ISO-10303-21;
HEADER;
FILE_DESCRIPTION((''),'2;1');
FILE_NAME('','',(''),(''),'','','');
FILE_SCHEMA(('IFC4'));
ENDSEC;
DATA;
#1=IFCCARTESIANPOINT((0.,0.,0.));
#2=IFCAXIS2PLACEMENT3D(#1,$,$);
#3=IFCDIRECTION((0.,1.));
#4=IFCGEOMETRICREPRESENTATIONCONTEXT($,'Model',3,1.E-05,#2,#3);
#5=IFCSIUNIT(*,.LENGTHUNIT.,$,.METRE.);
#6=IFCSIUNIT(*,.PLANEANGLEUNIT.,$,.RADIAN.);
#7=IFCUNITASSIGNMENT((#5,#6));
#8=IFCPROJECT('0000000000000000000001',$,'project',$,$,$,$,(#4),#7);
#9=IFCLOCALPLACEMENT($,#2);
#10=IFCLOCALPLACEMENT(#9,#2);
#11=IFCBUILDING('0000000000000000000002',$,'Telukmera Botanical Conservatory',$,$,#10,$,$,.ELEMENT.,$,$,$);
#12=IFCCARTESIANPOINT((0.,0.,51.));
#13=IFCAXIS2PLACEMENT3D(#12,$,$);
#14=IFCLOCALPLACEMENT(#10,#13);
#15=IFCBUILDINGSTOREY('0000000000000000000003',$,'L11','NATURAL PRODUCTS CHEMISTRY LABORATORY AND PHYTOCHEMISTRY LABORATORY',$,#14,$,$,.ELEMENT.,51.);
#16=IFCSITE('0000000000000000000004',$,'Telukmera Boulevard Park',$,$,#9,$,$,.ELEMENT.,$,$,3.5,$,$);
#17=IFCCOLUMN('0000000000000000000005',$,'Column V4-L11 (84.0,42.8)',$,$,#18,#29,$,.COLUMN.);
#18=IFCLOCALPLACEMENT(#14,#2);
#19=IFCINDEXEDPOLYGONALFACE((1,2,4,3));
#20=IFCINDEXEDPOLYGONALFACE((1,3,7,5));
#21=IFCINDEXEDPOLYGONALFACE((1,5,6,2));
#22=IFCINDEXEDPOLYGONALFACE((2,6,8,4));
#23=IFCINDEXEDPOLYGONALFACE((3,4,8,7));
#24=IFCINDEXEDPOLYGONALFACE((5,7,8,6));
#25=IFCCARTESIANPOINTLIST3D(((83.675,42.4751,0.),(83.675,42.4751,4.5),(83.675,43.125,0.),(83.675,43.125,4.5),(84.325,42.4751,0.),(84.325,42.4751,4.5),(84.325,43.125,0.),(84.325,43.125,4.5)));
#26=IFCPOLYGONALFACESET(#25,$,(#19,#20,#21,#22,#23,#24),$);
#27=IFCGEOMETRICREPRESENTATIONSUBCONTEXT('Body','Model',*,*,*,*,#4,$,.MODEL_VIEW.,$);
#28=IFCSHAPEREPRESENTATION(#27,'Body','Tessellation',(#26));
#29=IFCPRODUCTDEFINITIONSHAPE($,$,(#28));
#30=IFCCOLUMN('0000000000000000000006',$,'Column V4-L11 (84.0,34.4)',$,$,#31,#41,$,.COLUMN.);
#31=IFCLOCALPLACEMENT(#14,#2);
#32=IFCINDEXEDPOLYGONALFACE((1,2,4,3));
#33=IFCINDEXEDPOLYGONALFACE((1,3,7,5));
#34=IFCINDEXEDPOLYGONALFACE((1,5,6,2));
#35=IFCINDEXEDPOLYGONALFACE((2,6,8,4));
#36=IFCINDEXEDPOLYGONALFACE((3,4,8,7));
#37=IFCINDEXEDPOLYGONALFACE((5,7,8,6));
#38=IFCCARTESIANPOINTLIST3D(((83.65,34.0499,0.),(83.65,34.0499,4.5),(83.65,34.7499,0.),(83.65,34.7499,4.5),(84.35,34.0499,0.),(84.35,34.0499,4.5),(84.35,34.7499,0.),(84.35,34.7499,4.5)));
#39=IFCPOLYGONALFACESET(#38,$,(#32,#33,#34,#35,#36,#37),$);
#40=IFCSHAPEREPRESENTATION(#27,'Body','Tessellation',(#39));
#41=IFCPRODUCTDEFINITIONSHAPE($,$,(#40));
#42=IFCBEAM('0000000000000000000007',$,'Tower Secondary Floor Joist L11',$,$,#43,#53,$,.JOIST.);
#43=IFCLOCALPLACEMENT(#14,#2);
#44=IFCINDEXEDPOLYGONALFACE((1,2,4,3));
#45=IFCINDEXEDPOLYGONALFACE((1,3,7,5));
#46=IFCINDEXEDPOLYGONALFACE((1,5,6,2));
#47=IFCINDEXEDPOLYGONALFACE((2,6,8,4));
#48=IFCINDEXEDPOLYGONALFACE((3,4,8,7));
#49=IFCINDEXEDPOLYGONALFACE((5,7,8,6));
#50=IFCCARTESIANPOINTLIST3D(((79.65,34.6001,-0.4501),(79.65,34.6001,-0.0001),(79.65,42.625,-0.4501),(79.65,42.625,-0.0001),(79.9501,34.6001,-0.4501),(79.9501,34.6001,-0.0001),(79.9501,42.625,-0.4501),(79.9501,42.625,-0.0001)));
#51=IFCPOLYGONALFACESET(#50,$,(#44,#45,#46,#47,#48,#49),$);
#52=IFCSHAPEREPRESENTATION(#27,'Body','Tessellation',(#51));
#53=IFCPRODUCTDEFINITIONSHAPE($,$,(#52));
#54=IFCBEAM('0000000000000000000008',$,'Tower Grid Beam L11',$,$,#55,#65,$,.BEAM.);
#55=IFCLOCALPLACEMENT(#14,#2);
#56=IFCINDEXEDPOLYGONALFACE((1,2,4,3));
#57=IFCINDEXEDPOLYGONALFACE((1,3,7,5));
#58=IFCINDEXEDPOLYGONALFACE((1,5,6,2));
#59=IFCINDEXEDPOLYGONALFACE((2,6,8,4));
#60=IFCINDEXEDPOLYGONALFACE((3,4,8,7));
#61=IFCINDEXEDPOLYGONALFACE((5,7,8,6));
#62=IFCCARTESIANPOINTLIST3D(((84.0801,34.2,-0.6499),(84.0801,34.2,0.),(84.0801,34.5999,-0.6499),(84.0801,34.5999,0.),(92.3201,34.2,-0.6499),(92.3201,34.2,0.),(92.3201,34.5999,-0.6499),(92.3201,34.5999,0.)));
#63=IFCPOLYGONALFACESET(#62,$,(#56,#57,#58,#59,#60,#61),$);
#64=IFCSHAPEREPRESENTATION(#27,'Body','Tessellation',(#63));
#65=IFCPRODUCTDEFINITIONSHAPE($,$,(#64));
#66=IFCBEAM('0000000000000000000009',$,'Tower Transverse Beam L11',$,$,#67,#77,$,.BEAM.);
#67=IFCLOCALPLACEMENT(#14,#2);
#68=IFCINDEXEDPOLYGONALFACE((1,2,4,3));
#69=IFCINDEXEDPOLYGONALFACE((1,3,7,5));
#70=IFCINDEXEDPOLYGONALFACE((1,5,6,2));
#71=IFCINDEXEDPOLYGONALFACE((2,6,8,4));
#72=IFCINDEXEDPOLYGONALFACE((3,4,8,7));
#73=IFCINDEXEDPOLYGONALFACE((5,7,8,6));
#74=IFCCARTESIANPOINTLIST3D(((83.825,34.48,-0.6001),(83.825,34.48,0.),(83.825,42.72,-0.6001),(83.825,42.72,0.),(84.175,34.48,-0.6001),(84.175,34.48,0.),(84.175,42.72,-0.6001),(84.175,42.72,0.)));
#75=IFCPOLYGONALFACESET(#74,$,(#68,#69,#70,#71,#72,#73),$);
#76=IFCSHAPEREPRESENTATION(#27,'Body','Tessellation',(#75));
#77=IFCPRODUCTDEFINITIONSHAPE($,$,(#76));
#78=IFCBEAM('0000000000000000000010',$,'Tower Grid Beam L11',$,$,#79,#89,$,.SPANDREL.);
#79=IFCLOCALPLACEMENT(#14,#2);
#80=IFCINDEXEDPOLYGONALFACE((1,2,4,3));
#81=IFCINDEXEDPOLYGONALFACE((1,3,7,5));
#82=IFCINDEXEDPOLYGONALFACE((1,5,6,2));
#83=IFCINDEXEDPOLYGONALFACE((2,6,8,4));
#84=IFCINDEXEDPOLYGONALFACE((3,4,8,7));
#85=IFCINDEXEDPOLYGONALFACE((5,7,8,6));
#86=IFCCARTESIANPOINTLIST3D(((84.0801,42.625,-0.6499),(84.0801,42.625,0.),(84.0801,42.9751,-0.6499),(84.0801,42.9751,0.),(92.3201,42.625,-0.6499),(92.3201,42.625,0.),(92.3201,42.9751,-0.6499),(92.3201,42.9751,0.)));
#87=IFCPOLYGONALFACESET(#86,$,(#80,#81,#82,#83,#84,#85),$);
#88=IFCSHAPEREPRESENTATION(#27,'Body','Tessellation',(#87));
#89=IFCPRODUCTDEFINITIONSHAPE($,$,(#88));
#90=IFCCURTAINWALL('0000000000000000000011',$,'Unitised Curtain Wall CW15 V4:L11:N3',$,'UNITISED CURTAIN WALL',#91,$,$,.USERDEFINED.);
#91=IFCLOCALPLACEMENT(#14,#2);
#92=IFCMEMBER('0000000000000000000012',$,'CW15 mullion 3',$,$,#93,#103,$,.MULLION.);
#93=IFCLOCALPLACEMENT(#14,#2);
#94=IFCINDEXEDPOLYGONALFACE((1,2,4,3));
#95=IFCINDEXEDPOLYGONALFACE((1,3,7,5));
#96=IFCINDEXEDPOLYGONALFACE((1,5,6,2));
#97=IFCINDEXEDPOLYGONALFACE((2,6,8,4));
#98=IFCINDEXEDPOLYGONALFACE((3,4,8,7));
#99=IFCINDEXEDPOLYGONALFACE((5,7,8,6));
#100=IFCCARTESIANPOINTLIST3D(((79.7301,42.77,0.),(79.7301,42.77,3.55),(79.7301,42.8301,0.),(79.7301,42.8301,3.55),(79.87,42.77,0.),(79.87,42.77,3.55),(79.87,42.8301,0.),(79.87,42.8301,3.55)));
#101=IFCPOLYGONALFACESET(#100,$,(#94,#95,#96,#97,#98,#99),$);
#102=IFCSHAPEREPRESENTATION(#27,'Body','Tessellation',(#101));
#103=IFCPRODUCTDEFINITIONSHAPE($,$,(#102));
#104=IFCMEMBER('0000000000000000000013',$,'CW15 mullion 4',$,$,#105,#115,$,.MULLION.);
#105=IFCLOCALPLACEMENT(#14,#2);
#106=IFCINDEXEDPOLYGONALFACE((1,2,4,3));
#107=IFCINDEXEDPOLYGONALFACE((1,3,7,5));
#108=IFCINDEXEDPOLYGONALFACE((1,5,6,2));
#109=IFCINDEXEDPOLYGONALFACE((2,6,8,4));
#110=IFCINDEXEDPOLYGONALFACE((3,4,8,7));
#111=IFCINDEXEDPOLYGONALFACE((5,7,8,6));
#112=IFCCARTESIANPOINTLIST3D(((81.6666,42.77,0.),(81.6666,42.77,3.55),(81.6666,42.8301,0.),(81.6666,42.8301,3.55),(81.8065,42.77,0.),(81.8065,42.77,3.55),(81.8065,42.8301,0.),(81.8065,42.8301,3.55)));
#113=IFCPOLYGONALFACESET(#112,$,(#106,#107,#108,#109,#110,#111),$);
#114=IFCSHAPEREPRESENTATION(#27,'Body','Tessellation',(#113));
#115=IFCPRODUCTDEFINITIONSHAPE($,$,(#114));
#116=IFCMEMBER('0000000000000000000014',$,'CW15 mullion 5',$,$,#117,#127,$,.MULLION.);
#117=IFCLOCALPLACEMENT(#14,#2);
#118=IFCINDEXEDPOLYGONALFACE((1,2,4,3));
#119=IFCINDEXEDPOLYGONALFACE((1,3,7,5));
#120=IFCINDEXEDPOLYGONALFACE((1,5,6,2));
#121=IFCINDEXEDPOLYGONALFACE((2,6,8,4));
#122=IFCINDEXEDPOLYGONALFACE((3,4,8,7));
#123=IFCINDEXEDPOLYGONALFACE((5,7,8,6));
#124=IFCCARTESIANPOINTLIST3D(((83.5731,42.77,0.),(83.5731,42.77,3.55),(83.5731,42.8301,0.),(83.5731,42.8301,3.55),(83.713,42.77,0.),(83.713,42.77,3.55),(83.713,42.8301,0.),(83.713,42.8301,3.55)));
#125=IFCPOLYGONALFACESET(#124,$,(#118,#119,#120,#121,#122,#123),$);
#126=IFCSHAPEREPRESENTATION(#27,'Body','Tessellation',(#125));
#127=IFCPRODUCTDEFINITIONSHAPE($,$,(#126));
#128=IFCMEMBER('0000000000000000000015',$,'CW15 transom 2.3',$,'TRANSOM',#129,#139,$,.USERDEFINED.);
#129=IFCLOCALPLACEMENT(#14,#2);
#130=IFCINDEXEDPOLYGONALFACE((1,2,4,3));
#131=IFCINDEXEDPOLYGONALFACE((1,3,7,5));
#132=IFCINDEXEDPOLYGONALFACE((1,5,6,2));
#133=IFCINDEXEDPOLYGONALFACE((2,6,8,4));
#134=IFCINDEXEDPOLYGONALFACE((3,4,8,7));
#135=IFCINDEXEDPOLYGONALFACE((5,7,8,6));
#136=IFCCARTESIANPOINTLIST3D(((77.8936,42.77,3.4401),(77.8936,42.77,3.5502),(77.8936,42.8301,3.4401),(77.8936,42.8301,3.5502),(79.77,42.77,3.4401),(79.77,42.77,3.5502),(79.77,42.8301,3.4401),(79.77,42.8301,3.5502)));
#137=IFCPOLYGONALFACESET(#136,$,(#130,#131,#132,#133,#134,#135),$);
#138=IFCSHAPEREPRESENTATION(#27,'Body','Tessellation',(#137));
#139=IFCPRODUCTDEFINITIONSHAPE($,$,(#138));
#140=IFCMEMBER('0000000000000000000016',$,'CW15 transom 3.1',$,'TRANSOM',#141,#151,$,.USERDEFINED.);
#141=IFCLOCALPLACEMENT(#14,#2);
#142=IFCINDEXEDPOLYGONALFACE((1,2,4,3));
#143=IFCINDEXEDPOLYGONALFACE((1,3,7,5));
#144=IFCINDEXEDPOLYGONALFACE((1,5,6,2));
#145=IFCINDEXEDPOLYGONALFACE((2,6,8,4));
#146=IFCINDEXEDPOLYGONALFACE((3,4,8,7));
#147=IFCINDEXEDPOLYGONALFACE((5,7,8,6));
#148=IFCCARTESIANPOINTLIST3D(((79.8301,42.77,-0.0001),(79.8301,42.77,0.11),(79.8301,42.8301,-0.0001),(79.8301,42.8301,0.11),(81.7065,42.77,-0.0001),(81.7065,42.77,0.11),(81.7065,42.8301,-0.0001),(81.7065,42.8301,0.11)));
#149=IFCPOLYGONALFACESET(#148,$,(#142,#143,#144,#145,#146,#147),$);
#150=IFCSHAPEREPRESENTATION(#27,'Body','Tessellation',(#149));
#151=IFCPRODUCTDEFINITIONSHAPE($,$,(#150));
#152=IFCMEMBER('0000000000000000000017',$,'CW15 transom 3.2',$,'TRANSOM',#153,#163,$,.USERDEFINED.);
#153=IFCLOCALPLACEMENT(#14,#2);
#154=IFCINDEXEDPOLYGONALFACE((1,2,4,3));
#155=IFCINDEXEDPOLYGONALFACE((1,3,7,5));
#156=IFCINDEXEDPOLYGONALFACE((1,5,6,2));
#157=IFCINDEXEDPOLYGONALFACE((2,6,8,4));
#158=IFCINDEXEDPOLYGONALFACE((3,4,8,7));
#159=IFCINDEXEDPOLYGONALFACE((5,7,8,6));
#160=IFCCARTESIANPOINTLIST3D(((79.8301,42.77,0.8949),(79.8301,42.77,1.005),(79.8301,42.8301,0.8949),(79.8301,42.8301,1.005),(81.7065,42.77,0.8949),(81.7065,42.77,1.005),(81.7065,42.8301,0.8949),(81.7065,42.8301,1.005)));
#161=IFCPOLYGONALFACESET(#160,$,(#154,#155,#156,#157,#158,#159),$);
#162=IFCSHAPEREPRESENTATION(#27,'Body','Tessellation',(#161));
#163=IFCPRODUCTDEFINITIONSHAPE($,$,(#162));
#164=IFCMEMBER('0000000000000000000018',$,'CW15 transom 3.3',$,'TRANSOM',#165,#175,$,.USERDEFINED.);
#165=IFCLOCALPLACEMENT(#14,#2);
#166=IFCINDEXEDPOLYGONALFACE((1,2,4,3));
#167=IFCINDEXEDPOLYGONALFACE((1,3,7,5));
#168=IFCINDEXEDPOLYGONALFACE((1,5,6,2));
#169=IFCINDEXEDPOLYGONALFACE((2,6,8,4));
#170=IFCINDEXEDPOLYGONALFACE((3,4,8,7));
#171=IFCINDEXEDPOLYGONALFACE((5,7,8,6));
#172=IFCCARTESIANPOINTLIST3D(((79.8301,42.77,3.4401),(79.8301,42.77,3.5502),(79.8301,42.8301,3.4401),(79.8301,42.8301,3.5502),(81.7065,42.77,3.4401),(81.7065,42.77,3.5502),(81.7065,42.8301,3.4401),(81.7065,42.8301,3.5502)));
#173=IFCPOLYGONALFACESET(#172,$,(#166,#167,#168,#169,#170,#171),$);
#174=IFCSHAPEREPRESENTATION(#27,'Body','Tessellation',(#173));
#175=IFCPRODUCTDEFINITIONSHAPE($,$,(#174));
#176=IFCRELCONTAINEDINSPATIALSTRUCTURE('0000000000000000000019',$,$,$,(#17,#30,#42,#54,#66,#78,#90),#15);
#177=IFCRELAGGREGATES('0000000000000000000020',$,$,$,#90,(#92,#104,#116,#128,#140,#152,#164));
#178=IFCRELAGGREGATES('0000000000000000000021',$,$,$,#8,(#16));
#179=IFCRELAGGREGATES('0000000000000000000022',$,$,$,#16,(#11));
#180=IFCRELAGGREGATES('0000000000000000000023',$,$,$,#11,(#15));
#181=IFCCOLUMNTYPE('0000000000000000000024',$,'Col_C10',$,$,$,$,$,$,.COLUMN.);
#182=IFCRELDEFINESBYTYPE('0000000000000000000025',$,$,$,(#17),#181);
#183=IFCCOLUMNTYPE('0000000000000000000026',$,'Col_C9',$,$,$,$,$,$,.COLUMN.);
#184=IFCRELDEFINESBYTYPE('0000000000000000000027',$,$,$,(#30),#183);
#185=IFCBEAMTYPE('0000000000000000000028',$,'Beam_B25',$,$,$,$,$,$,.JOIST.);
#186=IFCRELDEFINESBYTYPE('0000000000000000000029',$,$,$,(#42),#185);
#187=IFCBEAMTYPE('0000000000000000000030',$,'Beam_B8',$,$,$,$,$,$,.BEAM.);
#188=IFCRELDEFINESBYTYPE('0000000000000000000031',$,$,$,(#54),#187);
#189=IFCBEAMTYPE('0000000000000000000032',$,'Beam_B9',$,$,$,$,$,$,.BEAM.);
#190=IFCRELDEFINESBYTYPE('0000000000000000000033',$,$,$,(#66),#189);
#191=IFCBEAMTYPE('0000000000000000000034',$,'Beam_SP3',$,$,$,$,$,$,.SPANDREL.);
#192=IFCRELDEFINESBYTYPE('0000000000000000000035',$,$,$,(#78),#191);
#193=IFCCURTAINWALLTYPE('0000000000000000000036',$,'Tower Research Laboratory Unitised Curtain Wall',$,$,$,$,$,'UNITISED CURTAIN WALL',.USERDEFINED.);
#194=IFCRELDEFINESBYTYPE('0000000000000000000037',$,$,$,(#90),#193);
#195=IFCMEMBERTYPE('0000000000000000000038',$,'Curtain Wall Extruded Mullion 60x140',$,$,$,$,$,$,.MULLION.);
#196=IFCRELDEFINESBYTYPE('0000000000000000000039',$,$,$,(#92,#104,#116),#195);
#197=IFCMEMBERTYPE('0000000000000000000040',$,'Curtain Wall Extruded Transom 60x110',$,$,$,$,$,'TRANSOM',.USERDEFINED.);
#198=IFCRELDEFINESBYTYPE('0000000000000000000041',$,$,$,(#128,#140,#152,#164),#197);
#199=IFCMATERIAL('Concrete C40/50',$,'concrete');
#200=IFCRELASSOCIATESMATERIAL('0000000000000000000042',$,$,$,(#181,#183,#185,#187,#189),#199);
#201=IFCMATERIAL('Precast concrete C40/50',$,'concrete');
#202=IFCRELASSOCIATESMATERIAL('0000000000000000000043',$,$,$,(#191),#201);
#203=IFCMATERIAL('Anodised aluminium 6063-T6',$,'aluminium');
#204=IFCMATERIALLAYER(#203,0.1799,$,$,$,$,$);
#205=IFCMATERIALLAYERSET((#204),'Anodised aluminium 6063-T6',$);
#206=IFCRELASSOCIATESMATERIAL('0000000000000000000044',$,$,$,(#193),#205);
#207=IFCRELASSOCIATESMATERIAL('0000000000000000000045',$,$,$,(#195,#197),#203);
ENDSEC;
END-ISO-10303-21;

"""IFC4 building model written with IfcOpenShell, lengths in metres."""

from ifc_helpers import new_model, si_unit, direction, frame, origin, origin_2d, place, context, subcontext, project, spatial, rectangle, extrude, material, layer, layer_set, material_profile, profile_set, type_object, element, aggregate, save


model = new_model("IFC4")

# Units and contexts
model_context = context("Model", 3, precision=1e-05, world=origin(), true_north=direction((0.0, 1.0)))
body_context = subcontext(model_context, "Body", "Model", "MODEL_VIEW")
ifc_project = project(units=[si_unit("LENGTHUNIT", "METRE"), si_unit("PLANEANGLEUNIT", "RADIAN")], contexts=[model_context])

# Site, building, storey
site_placement = place(None, origin())
site = spatial("IfcSite", under=ifc_project, at=site_placement, Name="Telukmera Boulevard Park", CompositionType="ELEMENT", RefElevation=3.5)
building_placement = place(site_placement, origin())
building = spatial("IfcBuilding", under=site, at=building_placement, Name="Telukmera Botanical Conservatory", CompositionType="ELEMENT")
storey_placement = place(building_placement, frame((0.0, 0.0, 51.0)))
storey = spatial("IfcBuildingStorey", under=building, at=storey_placement, Name="L11", Description="NATURAL PRODUCTS CHEMISTRY LABORATORY AND PHYTOCHEMISTRY LABORATORY", CompositionType="ELEMENT", Elevation=51.0)

# Columns
ifc_material_1 = material(Name="Concrete C40/50", Category="concrete")
ifc_material_profile_1 = material_profile(ifc_material_1, rectangle(XDim=0.6499, YDim=0.6499, at=origin_2d()), Name="RC 650x650")
ifc_profile_set_1 = profile_set([ifc_material_profile_1], Name="Concrete C40/50")
column_type_1 = type_object("IfcColumnType", Name="Col_C10", PredefinedType="COLUMN", material=ifc_profile_set_1)
column_1_placement = place(storey_placement, frame((84.0, 42.8, 0.0), z_axis=(0.0, 0.0, 1.0), x_axis=(1.0, 0.0, 0.0)))
element("IfcColumn", 1, at=column_1_placement, inside=storey, type_object=column_type_1, Name="Column V4-L11 (84.0,42.8)", PredefinedType="COLUMN", context=body_context, shape_type="SweptSolid", body=[
    extrude(rectangle(XDim=0.6499, YDim=0.6499, at=origin_2d()), origin(), (0.0, 0.0, 1.0), 4.5),
])
ifc_material_profile_2 = material_profile(ifc_material_1, rectangle(XDim=0.7, YDim=0.7, at=origin_2d()), Name="RC 700x700")
ifc_profile_set_2 = profile_set([ifc_material_profile_2], Name="Concrete C40/50")
column_type_2 = type_object("IfcColumnType", Name="Col_C9", PredefinedType="COLUMN", material=ifc_profile_set_2)
column_2_placement = place(storey_placement, frame((84.0, 34.3999, 0.0), z_axis=(0.0, 0.0, 1.0), x_axis=(1.0, 0.0, 0.0)))
element("IfcColumn", 2, at=column_2_placement, inside=storey, type_object=column_type_2, Name="Column V4-L11 (84.0,34.4)", PredefinedType="COLUMN", context=body_context, shape_type="SweptSolid", body=[
    extrude(rectangle(XDim=0.7, YDim=0.7, at=origin_2d()), origin(), (0.0, 0.0, 1.0), 4.5),
])

# Beams
ifc_material_profile_3 = material_profile(ifc_material_1, rectangle(XDim=0.3, YDim=0.45, at=origin_2d()), Name="RC 300x450")
ifc_profile_set_3 = profile_set([ifc_material_profile_3], Name="Concrete C40/50")
beam_type_1 = type_object("IfcBeamType", Name="Beam_B25", PredefinedType="JOIST", material=ifc_profile_set_3)
beam_1_placement = place(storey_placement, frame((79.8, 34.6001, -0.2251), z_axis=(0.0, 1.0, 0.0), x_axis=(-1.0, 0.0, 0.0)))
element("IfcBeam", 3, at=beam_1_placement, inside=storey, type_object=beam_type_1, Name="Tower Secondary Floor Joist L11", PredefinedType="JOIST", context=body_context, shape_type="SweptSolid", body=[
    extrude(rectangle(XDim=0.3, YDim=0.45, at=origin_2d()), origin(), (0.0, 0.0, 1.0), 8.0249),
])
ifc_material_profile_4 = material_profile(ifc_material_1, rectangle(XDim=0.3999, YDim=0.6499, at=origin_2d()), Name="RC 400x650")
ifc_profile_set_4 = profile_set([ifc_material_profile_4], Name="Concrete C40/50")
beam_type_2 = type_object("IfcBeamType", Name="Beam_B8", PredefinedType="BEAM", material=ifc_profile_set_4)
beam_2_placement = place(storey_placement, frame((84.0801, 34.3999, -0.325), z_axis=(1.0, 0.0, 0.0), x_axis=(0.0, 1.0, 0.0)))
element("IfcBeam", 4, at=beam_2_placement, inside=storey, type_object=beam_type_2, Name="Tower Grid Beam L11", PredefinedType="BEAM", context=body_context, shape_type="SweptSolid", body=[
    extrude(rectangle(XDim=0.3999, YDim=0.6499, at=origin_2d()), origin(), (0.0, 0.0, 1.0), 8.24),
])
ifc_material_profile_5 = material_profile(ifc_material_1, rectangle(XDim=0.3501, YDim=0.6001, at=origin_2d()), Name="RC 350x600")
ifc_profile_set_5 = profile_set([ifc_material_profile_5], Name="Concrete C40/50")
beam_type_3 = type_object("IfcBeamType", Name="Beam_B9", PredefinedType="BEAM", material=ifc_profile_set_5)
beam_3_placement = place(storey_placement, frame((84.0, 34.48, -0.3), z_axis=(0.0, 1.0, 0.0), x_axis=(-1.0, 0.0, 0.0)))
element("IfcBeam", 5, at=beam_3_placement, inside=storey, type_object=beam_type_3, Name="Tower Transverse Beam L11", PredefinedType="BEAM", context=body_context, shape_type="SweptSolid", body=[
    extrude(rectangle(XDim=0.3501, YDim=0.6001, at=origin_2d()), origin(), (0.0, 0.0, 1.0), 8.24),
])
ifc_material_2 = material(Name="Precast concrete C40/50", Category="concrete")
ifc_material_profile_6 = material_profile(ifc_material_2, rectangle(XDim=0.3501, YDim=0.6499, at=origin_2d()), Name="PC 350x650")
ifc_profile_set_6 = profile_set([ifc_material_profile_6], Name="Precast concrete C40/50")
beam_type_4 = type_object("IfcBeamType", Name="Beam_SP3", PredefinedType="SPANDREL", material=ifc_profile_set_6)
beam_4_placement = place(storey_placement, frame((84.0801, 42.8, -0.325), z_axis=(1.0, 0.0, 0.0), x_axis=(0.0, 1.0, 0.0)))
element("IfcBeam", 6, at=beam_4_placement, inside=storey, type_object=beam_type_4, Name="Tower Grid Beam L11", PredefinedType="SPANDREL", context=body_context, shape_type="SweptSolid", body=[
    extrude(rectangle(XDim=0.3501, YDim=0.6499, at=origin_2d()), origin(), (0.0, 0.0, 1.0), 8.24),
])

# Curtain wall, members
ifc_material_3 = material(Name="Anodised aluminium 6063-T6", Category="aluminium")
ifc_layer_1 = layer(ifc_material_3, 0.1799)
ifc_layer_set_1 = layer_set([ifc_layer_1], Name="Anodised aluminium 6063-T6")
curtain_wall_type = type_object("IfcCurtainWallType", Name="Tower Research Laboratory Unitised Curtain Wall", ElementType="UNITISED CURTAIN WALL", PredefinedType="USERDEFINED", material=ifc_layer_set_1)
curtain_wall_placement = place(storey_placement, origin())
curtain_wall = element("IfcCurtainWall", 7, at=curtain_wall_placement, inside=storey, type_object=curtain_wall_type, Name="Unitised Curtain Wall CW15 V4:L11:N3", ObjectType="UNITISED CURTAIN WALL", PredefinedType="USERDEFINED")
ifc_material_profile_7 = material_profile(ifc_material_3, rectangle(XDim=0.0601, YDim=0.1399, at=origin_2d()), Name="ALU MULL 60x140")
ifc_profile_set_7 = profile_set([ifc_material_profile_7], Name="Anodised aluminium 6063-T6")
member_type_1 = type_object("IfcMemberType", Name="Curtain Wall Extruded Mullion 60x140", PredefinedType="MULLION", material=ifc_profile_set_7)
member_1_placement = place(storey_placement, frame((79.8, 42.8, 0.0), z_axis=(0.0, 0.0, 1.0), x_axis=(0.0, 1.0, 0.0)))
member_1 = element("IfcMember", 8, at=member_1_placement, type_object=member_type_1, Name="CW15 mullion 3", PredefinedType="MULLION", context=body_context, shape_type="SweptSolid", body=[
    extrude(rectangle(XDim=0.0601, YDim=0.1399, at=origin_2d()), origin(), (0.0, 0.0, 1.0), 3.55),
])
member_2_placement = place(storey_placement, frame((81.7366, 42.8, 0.0), z_axis=(0.0, 0.0, 1.0), x_axis=(0.0, 1.0, 0.0)))
member_2 = element("IfcMember", 9, at=member_2_placement, type_object=member_type_1, Name="CW15 mullion 4", PredefinedType="MULLION", context=body_context, shape_type="SweptSolid", body=[
    extrude(rectangle(XDim=0.0601, YDim=0.1399, at=origin_2d()), origin(), (0.0, 0.0, 1.0), 3.55),
])
member_3_placement = place(storey_placement, frame((83.6431, 42.8, 0.0), z_axis=(0.0, 0.0, 1.0), x_axis=(0.0, 1.0, 0.0)))
member_3 = element("IfcMember", 10, at=member_3_placement, type_object=member_type_1, Name="CW15 mullion 5", PredefinedType="MULLION", context=body_context, shape_type="SweptSolid", body=[
    extrude(rectangle(XDim=0.0601, YDim=0.1399, at=origin_2d()), origin(), (0.0, 0.0, 1.0), 3.55),
])
ifc_material_profile_8 = material_profile(ifc_material_3, rectangle(XDim=0.0601, YDim=0.1101, at=origin_2d()), Name="ALU TRAN 60x110")
ifc_profile_set_8 = profile_set([ifc_material_profile_8], Name="Anodised aluminium 6063-T6")
member_type_2 = type_object("IfcMemberType", Name="Curtain Wall Extruded Transom 60x110", ElementType="TRANSOM", PredefinedType="USERDEFINED", material=ifc_profile_set_8)
member_4_placement = place(storey_placement, frame((77.8936, 42.8, 3.4951), z_axis=(1.0, 0.0, 0.0), x_axis=(0.0, 1.0, 0.0)))
member_4 = element("IfcMember", 11, at=member_4_placement, type_object=member_type_2, Name="CW15 transom 2.3", ObjectType="TRANSOM", PredefinedType="USERDEFINED", context=body_context, shape_type="SweptSolid", body=[
    extrude(rectangle(XDim=0.0601, YDim=0.1101, at=origin_2d()), origin(), (0.0, 0.0, 1.0), 1.8765),
])
member_5_placement = place(storey_placement, frame((79.8301, 42.8, 0.0549), z_axis=(1.0, 0.0, 0.0), x_axis=(0.0, 1.0, 0.0)))
member_5 = element("IfcMember", 12, at=member_5_placement, type_object=member_type_2, Name="CW15 transom 3.1", ObjectType="TRANSOM", PredefinedType="USERDEFINED", context=body_context, shape_type="SweptSolid", body=[
    extrude(rectangle(XDim=0.0601, YDim=0.1101, at=origin_2d()), origin(), (0.0, 0.0, 1.0), 1.8765),
])
member_6_placement = place(storey_placement, frame((79.8301, 42.8, 0.95), z_axis=(1.0, 0.0, 0.0), x_axis=(0.0, 1.0, 0.0)))
member_6 = element("IfcMember", 13, at=member_6_placement, type_object=member_type_2, Name="CW15 transom 3.2", ObjectType="TRANSOM", PredefinedType="USERDEFINED", context=body_context, shape_type="SweptSolid", body=[
    extrude(rectangle(XDim=0.0601, YDim=0.1101, at=origin_2d()), origin(), (0.0, 0.0, 1.0), 1.8765),
])
member_7_placement = place(storey_placement, frame((79.8301, 42.8, 3.4951), z_axis=(1.0, 0.0, 0.0), x_axis=(0.0, 1.0, 0.0)))
member_7 = element("IfcMember", 14, at=member_7_placement, type_object=member_type_2, Name="CW15 transom 3.3", ObjectType="TRANSOM", PredefinedType="USERDEFINED", context=body_context, shape_type="SweptSolid", body=[
    extrude(rectangle(XDim=0.0601, YDim=0.1101, at=origin_2d()), origin(), (0.0, 0.0, 1.0), 1.8765),
])
aggregate(curtain_wall, [member_1, member_2, member_3, member_4, member_5, member_6, member_7])

save(model, "model.ifc")
